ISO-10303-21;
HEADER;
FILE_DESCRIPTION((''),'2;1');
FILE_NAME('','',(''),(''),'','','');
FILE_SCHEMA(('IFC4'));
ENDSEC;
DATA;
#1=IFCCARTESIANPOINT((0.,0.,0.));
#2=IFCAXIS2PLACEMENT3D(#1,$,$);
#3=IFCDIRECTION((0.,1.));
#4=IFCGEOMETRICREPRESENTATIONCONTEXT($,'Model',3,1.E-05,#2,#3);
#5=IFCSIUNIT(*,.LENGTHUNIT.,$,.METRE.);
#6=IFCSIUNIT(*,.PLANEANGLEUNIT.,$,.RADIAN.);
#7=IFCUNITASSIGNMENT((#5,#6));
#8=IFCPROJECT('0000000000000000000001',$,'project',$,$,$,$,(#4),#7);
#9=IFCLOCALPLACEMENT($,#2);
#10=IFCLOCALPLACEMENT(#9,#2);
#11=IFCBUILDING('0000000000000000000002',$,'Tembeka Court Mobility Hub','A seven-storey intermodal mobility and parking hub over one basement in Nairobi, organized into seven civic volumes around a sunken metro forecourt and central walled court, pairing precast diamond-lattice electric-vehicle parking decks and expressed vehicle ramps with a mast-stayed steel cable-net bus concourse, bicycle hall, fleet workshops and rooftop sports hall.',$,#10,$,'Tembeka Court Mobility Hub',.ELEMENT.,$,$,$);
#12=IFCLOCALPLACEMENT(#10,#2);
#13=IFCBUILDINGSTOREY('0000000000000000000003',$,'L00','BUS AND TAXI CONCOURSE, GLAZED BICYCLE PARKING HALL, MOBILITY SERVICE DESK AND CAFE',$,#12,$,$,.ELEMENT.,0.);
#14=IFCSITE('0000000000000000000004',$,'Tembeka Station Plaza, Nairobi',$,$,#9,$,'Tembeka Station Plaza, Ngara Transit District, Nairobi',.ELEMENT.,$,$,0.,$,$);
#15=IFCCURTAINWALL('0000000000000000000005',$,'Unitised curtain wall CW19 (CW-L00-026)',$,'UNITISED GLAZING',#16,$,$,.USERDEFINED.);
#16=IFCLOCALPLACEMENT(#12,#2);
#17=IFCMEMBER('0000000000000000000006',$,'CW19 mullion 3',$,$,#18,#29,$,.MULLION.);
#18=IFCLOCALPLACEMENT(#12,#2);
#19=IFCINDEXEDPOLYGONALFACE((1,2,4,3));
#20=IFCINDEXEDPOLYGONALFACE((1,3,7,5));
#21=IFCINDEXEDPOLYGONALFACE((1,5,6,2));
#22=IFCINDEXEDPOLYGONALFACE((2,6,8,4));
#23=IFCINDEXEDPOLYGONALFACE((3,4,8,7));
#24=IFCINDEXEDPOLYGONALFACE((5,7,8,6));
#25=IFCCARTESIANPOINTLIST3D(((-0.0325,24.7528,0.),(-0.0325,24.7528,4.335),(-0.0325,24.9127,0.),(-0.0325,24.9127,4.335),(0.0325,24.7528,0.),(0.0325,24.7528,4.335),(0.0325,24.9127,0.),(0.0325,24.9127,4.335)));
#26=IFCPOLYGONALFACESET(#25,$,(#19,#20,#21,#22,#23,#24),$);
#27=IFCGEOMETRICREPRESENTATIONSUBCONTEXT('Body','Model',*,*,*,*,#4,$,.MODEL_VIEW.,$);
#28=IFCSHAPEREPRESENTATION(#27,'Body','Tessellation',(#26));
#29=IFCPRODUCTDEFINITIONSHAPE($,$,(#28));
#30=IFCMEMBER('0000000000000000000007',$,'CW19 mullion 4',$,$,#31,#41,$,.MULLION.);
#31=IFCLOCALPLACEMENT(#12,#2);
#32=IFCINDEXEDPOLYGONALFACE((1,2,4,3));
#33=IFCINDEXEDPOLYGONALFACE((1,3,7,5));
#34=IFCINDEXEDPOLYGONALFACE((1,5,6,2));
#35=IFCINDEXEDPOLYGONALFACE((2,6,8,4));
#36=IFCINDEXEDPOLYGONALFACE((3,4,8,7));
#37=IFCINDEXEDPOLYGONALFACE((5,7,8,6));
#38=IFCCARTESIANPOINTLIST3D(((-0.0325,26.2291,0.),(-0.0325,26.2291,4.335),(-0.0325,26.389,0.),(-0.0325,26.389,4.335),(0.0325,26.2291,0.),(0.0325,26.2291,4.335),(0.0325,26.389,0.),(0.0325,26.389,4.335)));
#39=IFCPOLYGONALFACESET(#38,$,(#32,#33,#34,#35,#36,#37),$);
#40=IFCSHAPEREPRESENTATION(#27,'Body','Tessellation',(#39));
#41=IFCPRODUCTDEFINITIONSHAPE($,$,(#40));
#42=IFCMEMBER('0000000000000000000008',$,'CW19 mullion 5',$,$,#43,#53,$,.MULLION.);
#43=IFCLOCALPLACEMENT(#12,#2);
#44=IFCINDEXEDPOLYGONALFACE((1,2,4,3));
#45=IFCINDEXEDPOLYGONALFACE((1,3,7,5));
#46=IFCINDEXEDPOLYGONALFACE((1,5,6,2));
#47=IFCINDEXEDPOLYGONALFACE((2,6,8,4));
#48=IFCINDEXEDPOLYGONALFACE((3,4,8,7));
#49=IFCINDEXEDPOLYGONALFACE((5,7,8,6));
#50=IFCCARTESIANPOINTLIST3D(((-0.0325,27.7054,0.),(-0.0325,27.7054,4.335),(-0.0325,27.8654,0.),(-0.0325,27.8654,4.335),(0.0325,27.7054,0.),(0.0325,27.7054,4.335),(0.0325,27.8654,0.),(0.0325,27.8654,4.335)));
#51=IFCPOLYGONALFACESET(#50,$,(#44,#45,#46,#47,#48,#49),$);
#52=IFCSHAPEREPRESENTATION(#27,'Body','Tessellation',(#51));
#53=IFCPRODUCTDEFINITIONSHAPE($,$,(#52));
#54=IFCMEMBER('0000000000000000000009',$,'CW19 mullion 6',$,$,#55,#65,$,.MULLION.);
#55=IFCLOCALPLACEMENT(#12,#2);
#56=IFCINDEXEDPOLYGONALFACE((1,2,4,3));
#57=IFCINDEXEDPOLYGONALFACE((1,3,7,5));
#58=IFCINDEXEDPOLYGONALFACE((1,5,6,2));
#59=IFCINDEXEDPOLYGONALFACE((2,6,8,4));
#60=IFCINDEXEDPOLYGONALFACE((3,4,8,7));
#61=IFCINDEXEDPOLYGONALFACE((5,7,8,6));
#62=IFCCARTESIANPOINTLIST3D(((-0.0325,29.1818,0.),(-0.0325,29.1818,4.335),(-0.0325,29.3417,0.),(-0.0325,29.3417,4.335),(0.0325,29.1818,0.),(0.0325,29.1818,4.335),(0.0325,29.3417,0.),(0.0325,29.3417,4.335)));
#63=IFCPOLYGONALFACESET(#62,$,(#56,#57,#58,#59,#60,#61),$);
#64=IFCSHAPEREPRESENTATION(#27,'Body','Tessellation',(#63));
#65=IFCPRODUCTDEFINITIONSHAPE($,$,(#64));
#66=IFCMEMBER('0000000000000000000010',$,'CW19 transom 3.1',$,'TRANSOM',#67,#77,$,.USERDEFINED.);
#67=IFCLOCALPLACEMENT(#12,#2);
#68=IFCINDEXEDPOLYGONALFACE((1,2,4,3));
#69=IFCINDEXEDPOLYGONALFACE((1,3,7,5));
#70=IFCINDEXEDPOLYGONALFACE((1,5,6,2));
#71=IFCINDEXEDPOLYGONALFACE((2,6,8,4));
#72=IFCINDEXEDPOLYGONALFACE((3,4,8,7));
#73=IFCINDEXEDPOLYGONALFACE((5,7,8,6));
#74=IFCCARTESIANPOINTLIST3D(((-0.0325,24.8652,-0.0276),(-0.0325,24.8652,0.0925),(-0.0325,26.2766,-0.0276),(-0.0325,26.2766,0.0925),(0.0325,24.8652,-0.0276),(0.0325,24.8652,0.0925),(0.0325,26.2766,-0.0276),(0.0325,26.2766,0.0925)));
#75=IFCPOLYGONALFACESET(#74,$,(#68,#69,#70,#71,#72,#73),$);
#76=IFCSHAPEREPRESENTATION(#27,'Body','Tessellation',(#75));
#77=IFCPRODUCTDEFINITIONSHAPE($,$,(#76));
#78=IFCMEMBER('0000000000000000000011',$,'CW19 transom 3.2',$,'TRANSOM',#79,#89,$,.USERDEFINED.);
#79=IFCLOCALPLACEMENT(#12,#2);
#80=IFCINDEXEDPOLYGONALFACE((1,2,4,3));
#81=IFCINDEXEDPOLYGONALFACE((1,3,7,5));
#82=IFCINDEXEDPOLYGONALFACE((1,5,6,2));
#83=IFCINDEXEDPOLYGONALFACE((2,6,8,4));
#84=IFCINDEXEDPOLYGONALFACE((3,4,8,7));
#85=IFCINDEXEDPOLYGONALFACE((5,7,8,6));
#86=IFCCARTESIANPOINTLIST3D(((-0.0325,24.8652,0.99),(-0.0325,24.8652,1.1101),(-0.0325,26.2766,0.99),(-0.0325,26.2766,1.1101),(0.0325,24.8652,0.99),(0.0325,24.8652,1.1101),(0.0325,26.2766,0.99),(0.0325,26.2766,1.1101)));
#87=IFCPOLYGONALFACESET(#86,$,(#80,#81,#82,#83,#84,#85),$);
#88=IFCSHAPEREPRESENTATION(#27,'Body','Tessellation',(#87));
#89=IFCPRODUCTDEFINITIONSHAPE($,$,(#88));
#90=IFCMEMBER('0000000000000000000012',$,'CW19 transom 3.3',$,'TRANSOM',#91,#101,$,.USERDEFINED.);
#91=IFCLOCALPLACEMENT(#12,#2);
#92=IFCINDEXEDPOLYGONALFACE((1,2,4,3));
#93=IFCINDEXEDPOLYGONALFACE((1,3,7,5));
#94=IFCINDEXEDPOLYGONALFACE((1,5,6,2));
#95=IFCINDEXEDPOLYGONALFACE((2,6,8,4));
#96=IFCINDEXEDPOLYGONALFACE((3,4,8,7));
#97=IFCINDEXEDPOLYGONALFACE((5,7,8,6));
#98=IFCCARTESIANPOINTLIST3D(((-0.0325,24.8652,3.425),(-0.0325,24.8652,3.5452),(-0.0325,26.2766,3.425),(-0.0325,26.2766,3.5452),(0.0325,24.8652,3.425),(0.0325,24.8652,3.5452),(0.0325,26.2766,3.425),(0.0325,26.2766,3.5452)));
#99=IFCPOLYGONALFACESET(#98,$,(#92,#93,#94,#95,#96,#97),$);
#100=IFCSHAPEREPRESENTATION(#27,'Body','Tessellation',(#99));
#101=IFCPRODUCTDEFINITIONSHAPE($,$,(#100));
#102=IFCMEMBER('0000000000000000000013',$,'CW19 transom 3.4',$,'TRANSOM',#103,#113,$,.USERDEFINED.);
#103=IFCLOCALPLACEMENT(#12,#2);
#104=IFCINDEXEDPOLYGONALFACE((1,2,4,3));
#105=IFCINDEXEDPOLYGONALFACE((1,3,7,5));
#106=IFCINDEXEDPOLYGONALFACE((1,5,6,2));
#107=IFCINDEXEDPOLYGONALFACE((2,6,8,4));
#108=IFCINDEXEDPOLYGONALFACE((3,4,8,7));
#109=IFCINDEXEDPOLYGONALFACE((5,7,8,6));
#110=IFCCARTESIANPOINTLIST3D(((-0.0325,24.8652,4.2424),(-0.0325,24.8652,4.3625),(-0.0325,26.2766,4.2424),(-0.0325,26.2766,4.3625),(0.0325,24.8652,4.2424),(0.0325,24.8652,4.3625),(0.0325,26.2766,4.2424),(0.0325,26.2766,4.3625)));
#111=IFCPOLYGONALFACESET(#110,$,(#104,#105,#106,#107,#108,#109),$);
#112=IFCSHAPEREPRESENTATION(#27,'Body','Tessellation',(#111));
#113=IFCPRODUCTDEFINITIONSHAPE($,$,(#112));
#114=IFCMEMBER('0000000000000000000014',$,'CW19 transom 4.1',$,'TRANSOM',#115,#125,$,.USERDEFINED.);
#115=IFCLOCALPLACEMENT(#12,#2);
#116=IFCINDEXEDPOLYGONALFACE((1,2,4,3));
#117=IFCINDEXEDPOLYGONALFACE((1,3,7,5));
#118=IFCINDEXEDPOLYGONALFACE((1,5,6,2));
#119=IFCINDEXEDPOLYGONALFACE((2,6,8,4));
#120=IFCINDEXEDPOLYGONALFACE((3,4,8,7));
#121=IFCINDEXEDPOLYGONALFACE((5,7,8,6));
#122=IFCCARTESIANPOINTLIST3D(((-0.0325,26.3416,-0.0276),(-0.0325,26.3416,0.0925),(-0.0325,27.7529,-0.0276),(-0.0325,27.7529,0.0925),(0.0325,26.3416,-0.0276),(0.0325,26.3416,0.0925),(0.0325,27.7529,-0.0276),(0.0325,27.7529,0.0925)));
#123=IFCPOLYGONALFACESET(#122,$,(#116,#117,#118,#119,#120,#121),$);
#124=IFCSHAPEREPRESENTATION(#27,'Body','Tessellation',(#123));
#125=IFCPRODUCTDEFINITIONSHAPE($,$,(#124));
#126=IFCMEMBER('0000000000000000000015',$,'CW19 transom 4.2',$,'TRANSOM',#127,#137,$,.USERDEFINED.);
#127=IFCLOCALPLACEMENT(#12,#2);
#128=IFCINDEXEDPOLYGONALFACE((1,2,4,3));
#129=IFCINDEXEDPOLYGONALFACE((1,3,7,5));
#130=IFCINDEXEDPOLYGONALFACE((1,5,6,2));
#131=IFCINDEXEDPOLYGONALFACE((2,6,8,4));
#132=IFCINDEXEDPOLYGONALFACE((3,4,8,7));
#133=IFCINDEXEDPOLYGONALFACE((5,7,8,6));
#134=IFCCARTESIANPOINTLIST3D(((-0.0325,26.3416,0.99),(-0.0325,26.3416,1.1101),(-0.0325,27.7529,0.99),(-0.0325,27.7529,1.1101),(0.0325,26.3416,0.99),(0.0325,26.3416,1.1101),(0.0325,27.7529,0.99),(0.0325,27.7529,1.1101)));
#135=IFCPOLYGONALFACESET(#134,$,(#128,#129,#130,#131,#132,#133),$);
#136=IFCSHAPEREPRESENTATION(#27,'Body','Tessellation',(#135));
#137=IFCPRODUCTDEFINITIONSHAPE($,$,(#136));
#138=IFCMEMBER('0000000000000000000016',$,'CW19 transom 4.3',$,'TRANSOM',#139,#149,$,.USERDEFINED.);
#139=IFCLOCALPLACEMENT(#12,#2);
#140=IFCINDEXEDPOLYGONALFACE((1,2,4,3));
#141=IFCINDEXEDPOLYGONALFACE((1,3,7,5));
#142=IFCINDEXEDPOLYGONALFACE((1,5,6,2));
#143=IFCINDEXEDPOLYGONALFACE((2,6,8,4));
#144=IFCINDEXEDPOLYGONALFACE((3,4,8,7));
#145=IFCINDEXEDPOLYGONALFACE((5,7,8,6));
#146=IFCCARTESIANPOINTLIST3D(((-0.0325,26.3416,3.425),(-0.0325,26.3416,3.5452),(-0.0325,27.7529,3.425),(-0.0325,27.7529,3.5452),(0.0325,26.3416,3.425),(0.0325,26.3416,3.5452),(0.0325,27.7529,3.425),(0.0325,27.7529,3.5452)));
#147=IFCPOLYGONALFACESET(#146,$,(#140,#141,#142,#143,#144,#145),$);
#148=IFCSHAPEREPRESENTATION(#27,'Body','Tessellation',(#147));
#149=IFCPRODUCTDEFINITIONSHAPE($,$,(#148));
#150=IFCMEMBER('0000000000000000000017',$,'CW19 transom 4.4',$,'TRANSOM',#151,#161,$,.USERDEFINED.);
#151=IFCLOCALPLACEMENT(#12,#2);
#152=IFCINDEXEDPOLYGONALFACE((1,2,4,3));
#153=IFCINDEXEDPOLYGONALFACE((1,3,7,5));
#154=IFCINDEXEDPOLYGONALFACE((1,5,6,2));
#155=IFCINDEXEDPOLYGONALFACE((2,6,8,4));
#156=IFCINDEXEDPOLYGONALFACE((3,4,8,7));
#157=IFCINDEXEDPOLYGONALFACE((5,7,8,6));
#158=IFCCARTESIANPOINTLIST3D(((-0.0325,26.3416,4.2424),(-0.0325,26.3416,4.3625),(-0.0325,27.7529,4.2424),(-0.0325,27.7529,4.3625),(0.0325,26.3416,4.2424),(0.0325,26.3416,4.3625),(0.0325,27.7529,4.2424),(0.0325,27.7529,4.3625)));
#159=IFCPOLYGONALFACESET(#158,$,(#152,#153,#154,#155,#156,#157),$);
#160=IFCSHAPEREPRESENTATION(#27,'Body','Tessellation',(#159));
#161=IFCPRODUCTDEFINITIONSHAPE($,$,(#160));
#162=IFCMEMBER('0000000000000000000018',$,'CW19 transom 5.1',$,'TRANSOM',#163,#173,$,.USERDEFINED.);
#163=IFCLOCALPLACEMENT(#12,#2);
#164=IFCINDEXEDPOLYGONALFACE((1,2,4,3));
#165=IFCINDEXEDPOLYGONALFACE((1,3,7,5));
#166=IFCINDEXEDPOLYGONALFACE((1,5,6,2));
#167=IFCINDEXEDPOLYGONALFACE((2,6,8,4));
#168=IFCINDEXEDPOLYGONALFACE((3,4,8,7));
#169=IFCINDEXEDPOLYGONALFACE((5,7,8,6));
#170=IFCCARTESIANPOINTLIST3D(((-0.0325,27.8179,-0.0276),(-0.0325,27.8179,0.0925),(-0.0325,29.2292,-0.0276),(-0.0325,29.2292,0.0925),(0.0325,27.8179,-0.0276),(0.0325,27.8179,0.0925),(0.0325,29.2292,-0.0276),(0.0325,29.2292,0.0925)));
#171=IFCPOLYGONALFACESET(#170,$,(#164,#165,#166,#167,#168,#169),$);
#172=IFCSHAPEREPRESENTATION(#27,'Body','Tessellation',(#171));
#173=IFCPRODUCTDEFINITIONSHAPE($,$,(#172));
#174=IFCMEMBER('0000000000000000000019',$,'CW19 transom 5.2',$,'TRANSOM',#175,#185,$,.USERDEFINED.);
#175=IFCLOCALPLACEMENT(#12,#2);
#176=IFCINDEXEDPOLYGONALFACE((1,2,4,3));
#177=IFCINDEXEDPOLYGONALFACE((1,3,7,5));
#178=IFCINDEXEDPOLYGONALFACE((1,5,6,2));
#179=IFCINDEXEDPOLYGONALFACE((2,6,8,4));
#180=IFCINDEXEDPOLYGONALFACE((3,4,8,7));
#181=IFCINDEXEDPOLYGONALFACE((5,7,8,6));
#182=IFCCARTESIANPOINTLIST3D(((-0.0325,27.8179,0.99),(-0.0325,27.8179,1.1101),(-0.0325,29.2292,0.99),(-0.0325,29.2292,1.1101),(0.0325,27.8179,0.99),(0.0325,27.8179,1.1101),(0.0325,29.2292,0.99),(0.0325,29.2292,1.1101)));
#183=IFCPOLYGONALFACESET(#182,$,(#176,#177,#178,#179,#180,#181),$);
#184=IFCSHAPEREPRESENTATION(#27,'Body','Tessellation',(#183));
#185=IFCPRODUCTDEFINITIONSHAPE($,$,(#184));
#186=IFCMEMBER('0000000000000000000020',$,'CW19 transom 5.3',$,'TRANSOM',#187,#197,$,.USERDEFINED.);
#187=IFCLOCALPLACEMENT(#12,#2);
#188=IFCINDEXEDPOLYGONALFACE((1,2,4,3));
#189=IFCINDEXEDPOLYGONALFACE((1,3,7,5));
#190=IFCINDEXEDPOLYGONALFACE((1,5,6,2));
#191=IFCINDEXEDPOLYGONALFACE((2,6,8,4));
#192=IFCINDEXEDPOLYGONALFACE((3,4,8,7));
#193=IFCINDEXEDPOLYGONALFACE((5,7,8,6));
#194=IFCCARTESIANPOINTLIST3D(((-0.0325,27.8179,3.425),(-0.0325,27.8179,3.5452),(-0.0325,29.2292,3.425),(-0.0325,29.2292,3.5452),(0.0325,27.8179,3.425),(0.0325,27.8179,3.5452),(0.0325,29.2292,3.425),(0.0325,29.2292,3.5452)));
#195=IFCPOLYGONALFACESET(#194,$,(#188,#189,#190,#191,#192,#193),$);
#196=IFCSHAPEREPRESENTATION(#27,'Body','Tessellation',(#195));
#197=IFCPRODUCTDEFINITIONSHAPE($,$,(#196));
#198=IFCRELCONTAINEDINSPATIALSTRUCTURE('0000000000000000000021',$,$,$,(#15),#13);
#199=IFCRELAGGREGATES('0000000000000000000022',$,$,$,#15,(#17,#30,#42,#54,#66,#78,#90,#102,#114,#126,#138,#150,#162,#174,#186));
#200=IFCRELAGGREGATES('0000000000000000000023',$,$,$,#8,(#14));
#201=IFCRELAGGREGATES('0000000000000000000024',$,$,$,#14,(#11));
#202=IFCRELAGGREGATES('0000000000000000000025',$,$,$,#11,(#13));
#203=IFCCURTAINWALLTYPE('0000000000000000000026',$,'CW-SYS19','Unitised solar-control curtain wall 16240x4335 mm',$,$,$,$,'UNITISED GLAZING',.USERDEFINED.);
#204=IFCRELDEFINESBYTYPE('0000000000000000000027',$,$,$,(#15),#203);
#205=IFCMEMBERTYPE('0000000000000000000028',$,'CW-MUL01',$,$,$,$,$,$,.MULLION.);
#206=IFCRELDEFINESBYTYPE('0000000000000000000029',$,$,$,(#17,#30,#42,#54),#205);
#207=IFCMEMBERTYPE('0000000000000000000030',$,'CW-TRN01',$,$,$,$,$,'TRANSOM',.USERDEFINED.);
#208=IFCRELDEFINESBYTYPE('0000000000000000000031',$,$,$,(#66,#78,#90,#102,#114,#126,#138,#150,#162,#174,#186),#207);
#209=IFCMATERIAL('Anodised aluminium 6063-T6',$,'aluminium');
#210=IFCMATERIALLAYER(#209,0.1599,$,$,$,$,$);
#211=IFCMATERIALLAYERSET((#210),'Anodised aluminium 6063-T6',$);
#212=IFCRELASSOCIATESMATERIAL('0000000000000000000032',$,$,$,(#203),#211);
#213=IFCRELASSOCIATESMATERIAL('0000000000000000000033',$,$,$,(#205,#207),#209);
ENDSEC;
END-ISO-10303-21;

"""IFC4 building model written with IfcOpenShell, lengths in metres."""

from ifc_helpers import new_model, si_unit, direction, frame, origin, origin_2d, place, context, subcontext, project, spatial, rectangle, extrude, material, layer, layer_set, material_profile, profile_set, type_object, element, aggregate, save


model = new_model("IFC4")

# Units and contexts
model_context = context("Model", 3, precision=1e-05, world=origin(), true_north=direction((0.0, 1.0)))
body_context = subcontext(model_context, "Body", "Model", "MODEL_VIEW")
ifc_project = project(units=[si_unit("LENGTHUNIT", "METRE"), si_unit("PLANEANGLEUNIT", "RADIAN")], contexts=[model_context])

# Site, building, storey
site_placement = place(None, origin())
site = spatial("IfcSite", under=ifc_project, at=site_placement, Name="Tembeka Station Plaza, Nairobi", LongName="Tembeka Station Plaza, Ngara Transit District, Nairobi", CompositionType="ELEMENT", RefElevation=0.0)
building_placement = place(site_placement, origin())
building = spatial("IfcBuilding", under=site, at=building_placement, Name="Tembeka Court Mobility Hub", Description="A seven-storey intermodal mobility and parking hub over one basement in Nairobi, organized into seven civic volumes around a sunken metro forecourt and central walled court, pairing precast diamond-lattice electric-vehicle parking decks and expressed vehicle ramps with a mast-stayed steel cable-net bus concourse, bicycle hall, fleet workshops and rooftop sports hall.", LongName="Tembeka Court Mobility Hub", CompositionType="ELEMENT")
storey_placement = place(building_placement, origin())
storey = spatial("IfcBuildingStorey", under=building, at=storey_placement, Name="L00", Description="BUS AND TAXI CONCOURSE, GLAZED BICYCLE PARKING HALL, MOBILITY SERVICE DESK AND CAFE", CompositionType="ELEMENT", Elevation=0.0)

# Curtain wall, members
ifc_material_1 = material(Name="Anodised aluminium 6063-T6", Category="aluminium")
ifc_layer_1 = layer(ifc_material_1, 0.1599)
ifc_layer_set_1 = layer_set([ifc_layer_1], Name="Anodised aluminium 6063-T6")
curtain_wall_type = type_object("IfcCurtainWallType", Name="CW-SYS19", Description="Unitised solar-control curtain wall 16240x4335 mm", ElementType="UNITISED GLAZING", PredefinedType="USERDEFINED", material=ifc_layer_set_1)
curtain_wall_placement = place(storey_placement, origin())
curtain_wall = element("IfcCurtainWall", 1, at=curtain_wall_placement, inside=storey, type_object=curtain_wall_type, Name="Unitised curtain wall CW19 (CW-L00-026)", ObjectType="UNITISED GLAZING", PredefinedType="USERDEFINED")
ifc_material_profile_1 = material_profile(ifc_material_1, rectangle(XDim=0.0649, YDim=0.1599, at=origin_2d()), Name="ALU-MUL 65x160")
ifc_profile_set_1 = profile_set([ifc_material_profile_1], Name="Anodised aluminium 6063-T6")
member_type_1 = type_object("IfcMemberType", Name="CW-MUL01", PredefinedType="MULLION", material=ifc_profile_set_1)
member_1_placement = place(storey_placement, frame((0.0, 24.8328, 0.0), z_axis=(0.0, 0.0, 1.0), x_axis=(-1.0, 0.0, 0.0)))
member_1 = element("IfcMember", 2, at=member_1_placement, type_object=member_type_1, Name="CW19 mullion 3", PredefinedType="MULLION", context=body_context, shape_type="SweptSolid", body=[
    extrude(rectangle(XDim=0.0649, YDim=0.1599, at=origin_2d()), origin(), (0.0, 0.0, 1.0), 4.335),
])
member_2_placement = place(storey_placement, frame((0.0, 26.3091, 0.0), z_axis=(0.0, 0.0, 1.0), x_axis=(-1.0, 0.0, 0.0)))
member_2 = element("IfcMember", 3, at=member_2_placement, type_object=member_type_1, Name="CW19 mullion 4", PredefinedType="MULLION", context=body_context, shape_type="SweptSolid", body=[
    extrude(rectangle(XDim=0.0649, YDim=0.1599, at=origin_2d()), origin(), (0.0, 0.0, 1.0), 4.335),
])
member_3_placement = place(storey_placement, frame((0.0, 27.7854, 0.0), z_axis=(0.0, 0.0, 1.0), x_axis=(-1.0, 0.0, 0.0)))
member_3 = element("IfcMember", 4, at=member_3_placement, type_object=member_type_1, Name="CW19 mullion 5", PredefinedType="MULLION", context=body_context, shape_type="SweptSolid", body=[
    extrude(rectangle(XDim=0.0649, YDim=0.1599, at=origin_2d()), origin(), (0.0, 0.0, 1.0), 4.335),
])
member_4_placement = place(storey_placement, frame((0.0, 29.2617, 0.0), z_axis=(0.0, 0.0, 1.0), x_axis=(-1.0, 0.0, 0.0)))
member_4 = element("IfcMember", 5, at=member_4_placement, type_object=member_type_1, Name="CW19 mullion 6", PredefinedType="MULLION", context=body_context, shape_type="SweptSolid", body=[
    extrude(rectangle(XDim=0.0649, YDim=0.1599, at=origin_2d()), origin(), (0.0, 0.0, 1.0), 4.335),
])
ifc_material_profile_2 = material_profile(ifc_material_1, rectangle(XDim=0.0649, YDim=0.1201, at=origin_2d()), Name="ALU-TRN 65x120")
ifc_profile_set_2 = profile_set([ifc_material_profile_2], Name="Anodised aluminium 6063-T6")
member_type_2 = type_object("IfcMemberType", Name="CW-TRN01", ElementType="TRANSOM", PredefinedType="USERDEFINED", material=ifc_profile_set_2)
member_5_placement = place(storey_placement, frame((0.0, 24.8652, 0.0325), z_axis=(0.0, 1.0, 0.0), x_axis=(-1.0, 0.0, 0.0)))
member_5 = element("IfcMember", 6, at=member_5_placement, type_object=member_type_2, Name="CW19 transom 3.1", ObjectType="TRANSOM", PredefinedType="USERDEFINED", context=body_context, shape_type="SweptSolid", body=[
    extrude(rectangle(XDim=0.0649, YDim=0.1201, at=origin_2d()), origin(), (0.0, 0.0, 1.0), 1.4114),
])
member_6_placement = place(storey_placement, frame((0.0, 24.8652, 1.05), z_axis=(0.0, 1.0, 0.0), x_axis=(-1.0, 0.0, 0.0)))
member_6 = element("IfcMember", 7, at=member_6_placement, type_object=member_type_2, Name="CW19 transom 3.2", ObjectType="TRANSOM", PredefinedType="USERDEFINED", context=body_context, shape_type="SweptSolid", body=[
    extrude(rectangle(XDim=0.0649, YDim=0.1201, at=origin_2d()), origin(), (0.0, 0.0, 1.0), 1.4114),
])
member_7_placement = place(storey_placement, frame((0.0, 24.8652, 3.4851), z_axis=(0.0, 1.0, 0.0), x_axis=(-1.0, 0.0, 0.0)))
member_7 = element("IfcMember", 8, at=member_7_placement, type_object=member_type_2, Name="CW19 transom 3.3", ObjectType="TRANSOM", PredefinedType="USERDEFINED", context=body_context, shape_type="SweptSolid", body=[
    extrude(rectangle(XDim=0.0649, YDim=0.1201, at=origin_2d()), origin(), (0.0, 0.0, 1.0), 1.4114),
])
member_8_placement = place(storey_placement, frame((0.0, 24.8652, 4.3025), z_axis=(0.0, 1.0, 0.0), x_axis=(-1.0, 0.0, 0.0)))
member_8 = element("IfcMember", 9, at=member_8_placement, type_object=member_type_2, Name="CW19 transom 3.4", ObjectType="TRANSOM", PredefinedType="USERDEFINED", context=body_context, shape_type="SweptSolid", body=[
    extrude(rectangle(XDim=0.0649, YDim=0.1201, at=origin_2d()), origin(), (0.0, 0.0, 1.0), 1.4114),
])
member_9_placement = place(storey_placement, frame((0.0, 26.3416, 0.0325), z_axis=(0.0, 1.0, 0.0), x_axis=(-1.0, 0.0, 0.0)))
member_9 = element("IfcMember", 10, at=member_9_placement, type_object=member_type_2, Name="CW19 transom 4.1", ObjectType="TRANSOM", PredefinedType="USERDEFINED", context=body_context, shape_type="SweptSolid", body=[
    extrude(rectangle(XDim=0.0649, YDim=0.1201, at=origin_2d()), origin(), (0.0, 0.0, 1.0), 1.4114),
])
member_10_placement = place(storey_placement, frame((0.0, 26.3416, 1.05), z_axis=(0.0, 1.0, 0.0), x_axis=(-1.0, 0.0, 0.0)))
member_10 = element("IfcMember", 11, at=member_10_placement, type_object=member_type_2, Name="CW19 transom 4.2", ObjectType="TRANSOM", PredefinedType="USERDEFINED", context=body_context, shape_type="SweptSolid", body=[
    extrude(rectangle(XDim=0.0649, YDim=0.1201, at=origin_2d()), origin(), (0.0, 0.0, 1.0), 1.4114),
])
member_11_placement = place(storey_placement, frame((0.0, 26.3416, 3.4851), z_axis=(0.0, 1.0, 0.0), x_axis=(-1.0, 0.0, 0.0)))
member_11 = element("IfcMember", 12, at=member_11_placement, type_object=member_type_2, Name="CW19 transom 4.3", ObjectType="TRANSOM", PredefinedType="USERDEFINED", context=body_context, shape_type="SweptSolid", body=[
    extrude(rectangle(XDim=0.0649, YDim=0.1201, at=origin_2d()), origin(), (0.0, 0.0, 1.0), 1.4114),
])
member_12_placement = place(storey_placement, frame((0.0, 26.3416, 4.3025), z_axis=(0.0, 1.0, 0.0), x_axis=(-1.0, 0.0, 0.0)))
member_12 = element("IfcMember", 13, at=member_12_placement, type_object=member_type_2, Name="CW19 transom 4.4", ObjectType="TRANSOM", PredefinedType="USERDEFINED", context=body_context, shape_type="SweptSolid", body=[
    extrude(rectangle(XDim=0.0649, YDim=0.1201, at=origin_2d()), origin(), (0.0, 0.0, 1.0), 1.4114),
])
member_13_placement = place(storey_placement, frame((0.0, 27.8179, 0.0325), z_axis=(0.0, 1.0, 0.0), x_axis=(-1.0, 0.0, 0.0)))
member_13 = element("IfcMember", 14, at=member_13_placement, type_object=member_type_2, Name="CW19 transom 5.1", ObjectType="TRANSOM", PredefinedType="USERDEFINED", context=body_context, shape_type="SweptSolid", body=[
    extrude(rectangle(XDim=0.0649, YDim=0.1201, at=origin_2d()), origin(), (0.0, 0.0, 1.0), 1.4114),
])
member_14_placement = place(storey_placement, frame((0.0, 27.8179, 1.05), z_axis=(0.0, 1.0, 0.0), x_axis=(-1.0, 0.0, 0.0)))
member_14 = element("IfcMember", 15, at=member_14_placement, type_object=member_type_2, Name="CW19 transom 5.2", ObjectType="TRANSOM", PredefinedType="USERDEFINED", context=body_context, shape_type="SweptSolid", body=[
    extrude(rectangle(XDim=0.0649, YDim=0.1201, at=origin_2d()), origin(), (0.0, 0.0, 1.0), 1.4114),
])
member_15_placement = place(storey_placement, frame((0.0, 27.8179, 3.4851), z_axis=(0.0, 1.0, 0.0), x_axis=(-1.0, 0.0, 0.0)))
member_15 = element("IfcMember", 16, at=member_15_placement, type_object=member_type_2, Name="CW19 transom 5.3", ObjectType="TRANSOM", PredefinedType="USERDEFINED", context=body_context, shape_type="SweptSolid", body=[
    extrude(rectangle(XDim=0.0649, YDim=0.1201, at=origin_2d()), origin(), (0.0, 0.0, 1.0), 1.4114),
])
aggregate(curtain_wall, [member_1, member_2, member_3, member_4, member_5, member_6, member_7, member_8, member_9, member_10, member_11, member_12, member_13, member_14, member_15])

save(model, "model.ifc")
